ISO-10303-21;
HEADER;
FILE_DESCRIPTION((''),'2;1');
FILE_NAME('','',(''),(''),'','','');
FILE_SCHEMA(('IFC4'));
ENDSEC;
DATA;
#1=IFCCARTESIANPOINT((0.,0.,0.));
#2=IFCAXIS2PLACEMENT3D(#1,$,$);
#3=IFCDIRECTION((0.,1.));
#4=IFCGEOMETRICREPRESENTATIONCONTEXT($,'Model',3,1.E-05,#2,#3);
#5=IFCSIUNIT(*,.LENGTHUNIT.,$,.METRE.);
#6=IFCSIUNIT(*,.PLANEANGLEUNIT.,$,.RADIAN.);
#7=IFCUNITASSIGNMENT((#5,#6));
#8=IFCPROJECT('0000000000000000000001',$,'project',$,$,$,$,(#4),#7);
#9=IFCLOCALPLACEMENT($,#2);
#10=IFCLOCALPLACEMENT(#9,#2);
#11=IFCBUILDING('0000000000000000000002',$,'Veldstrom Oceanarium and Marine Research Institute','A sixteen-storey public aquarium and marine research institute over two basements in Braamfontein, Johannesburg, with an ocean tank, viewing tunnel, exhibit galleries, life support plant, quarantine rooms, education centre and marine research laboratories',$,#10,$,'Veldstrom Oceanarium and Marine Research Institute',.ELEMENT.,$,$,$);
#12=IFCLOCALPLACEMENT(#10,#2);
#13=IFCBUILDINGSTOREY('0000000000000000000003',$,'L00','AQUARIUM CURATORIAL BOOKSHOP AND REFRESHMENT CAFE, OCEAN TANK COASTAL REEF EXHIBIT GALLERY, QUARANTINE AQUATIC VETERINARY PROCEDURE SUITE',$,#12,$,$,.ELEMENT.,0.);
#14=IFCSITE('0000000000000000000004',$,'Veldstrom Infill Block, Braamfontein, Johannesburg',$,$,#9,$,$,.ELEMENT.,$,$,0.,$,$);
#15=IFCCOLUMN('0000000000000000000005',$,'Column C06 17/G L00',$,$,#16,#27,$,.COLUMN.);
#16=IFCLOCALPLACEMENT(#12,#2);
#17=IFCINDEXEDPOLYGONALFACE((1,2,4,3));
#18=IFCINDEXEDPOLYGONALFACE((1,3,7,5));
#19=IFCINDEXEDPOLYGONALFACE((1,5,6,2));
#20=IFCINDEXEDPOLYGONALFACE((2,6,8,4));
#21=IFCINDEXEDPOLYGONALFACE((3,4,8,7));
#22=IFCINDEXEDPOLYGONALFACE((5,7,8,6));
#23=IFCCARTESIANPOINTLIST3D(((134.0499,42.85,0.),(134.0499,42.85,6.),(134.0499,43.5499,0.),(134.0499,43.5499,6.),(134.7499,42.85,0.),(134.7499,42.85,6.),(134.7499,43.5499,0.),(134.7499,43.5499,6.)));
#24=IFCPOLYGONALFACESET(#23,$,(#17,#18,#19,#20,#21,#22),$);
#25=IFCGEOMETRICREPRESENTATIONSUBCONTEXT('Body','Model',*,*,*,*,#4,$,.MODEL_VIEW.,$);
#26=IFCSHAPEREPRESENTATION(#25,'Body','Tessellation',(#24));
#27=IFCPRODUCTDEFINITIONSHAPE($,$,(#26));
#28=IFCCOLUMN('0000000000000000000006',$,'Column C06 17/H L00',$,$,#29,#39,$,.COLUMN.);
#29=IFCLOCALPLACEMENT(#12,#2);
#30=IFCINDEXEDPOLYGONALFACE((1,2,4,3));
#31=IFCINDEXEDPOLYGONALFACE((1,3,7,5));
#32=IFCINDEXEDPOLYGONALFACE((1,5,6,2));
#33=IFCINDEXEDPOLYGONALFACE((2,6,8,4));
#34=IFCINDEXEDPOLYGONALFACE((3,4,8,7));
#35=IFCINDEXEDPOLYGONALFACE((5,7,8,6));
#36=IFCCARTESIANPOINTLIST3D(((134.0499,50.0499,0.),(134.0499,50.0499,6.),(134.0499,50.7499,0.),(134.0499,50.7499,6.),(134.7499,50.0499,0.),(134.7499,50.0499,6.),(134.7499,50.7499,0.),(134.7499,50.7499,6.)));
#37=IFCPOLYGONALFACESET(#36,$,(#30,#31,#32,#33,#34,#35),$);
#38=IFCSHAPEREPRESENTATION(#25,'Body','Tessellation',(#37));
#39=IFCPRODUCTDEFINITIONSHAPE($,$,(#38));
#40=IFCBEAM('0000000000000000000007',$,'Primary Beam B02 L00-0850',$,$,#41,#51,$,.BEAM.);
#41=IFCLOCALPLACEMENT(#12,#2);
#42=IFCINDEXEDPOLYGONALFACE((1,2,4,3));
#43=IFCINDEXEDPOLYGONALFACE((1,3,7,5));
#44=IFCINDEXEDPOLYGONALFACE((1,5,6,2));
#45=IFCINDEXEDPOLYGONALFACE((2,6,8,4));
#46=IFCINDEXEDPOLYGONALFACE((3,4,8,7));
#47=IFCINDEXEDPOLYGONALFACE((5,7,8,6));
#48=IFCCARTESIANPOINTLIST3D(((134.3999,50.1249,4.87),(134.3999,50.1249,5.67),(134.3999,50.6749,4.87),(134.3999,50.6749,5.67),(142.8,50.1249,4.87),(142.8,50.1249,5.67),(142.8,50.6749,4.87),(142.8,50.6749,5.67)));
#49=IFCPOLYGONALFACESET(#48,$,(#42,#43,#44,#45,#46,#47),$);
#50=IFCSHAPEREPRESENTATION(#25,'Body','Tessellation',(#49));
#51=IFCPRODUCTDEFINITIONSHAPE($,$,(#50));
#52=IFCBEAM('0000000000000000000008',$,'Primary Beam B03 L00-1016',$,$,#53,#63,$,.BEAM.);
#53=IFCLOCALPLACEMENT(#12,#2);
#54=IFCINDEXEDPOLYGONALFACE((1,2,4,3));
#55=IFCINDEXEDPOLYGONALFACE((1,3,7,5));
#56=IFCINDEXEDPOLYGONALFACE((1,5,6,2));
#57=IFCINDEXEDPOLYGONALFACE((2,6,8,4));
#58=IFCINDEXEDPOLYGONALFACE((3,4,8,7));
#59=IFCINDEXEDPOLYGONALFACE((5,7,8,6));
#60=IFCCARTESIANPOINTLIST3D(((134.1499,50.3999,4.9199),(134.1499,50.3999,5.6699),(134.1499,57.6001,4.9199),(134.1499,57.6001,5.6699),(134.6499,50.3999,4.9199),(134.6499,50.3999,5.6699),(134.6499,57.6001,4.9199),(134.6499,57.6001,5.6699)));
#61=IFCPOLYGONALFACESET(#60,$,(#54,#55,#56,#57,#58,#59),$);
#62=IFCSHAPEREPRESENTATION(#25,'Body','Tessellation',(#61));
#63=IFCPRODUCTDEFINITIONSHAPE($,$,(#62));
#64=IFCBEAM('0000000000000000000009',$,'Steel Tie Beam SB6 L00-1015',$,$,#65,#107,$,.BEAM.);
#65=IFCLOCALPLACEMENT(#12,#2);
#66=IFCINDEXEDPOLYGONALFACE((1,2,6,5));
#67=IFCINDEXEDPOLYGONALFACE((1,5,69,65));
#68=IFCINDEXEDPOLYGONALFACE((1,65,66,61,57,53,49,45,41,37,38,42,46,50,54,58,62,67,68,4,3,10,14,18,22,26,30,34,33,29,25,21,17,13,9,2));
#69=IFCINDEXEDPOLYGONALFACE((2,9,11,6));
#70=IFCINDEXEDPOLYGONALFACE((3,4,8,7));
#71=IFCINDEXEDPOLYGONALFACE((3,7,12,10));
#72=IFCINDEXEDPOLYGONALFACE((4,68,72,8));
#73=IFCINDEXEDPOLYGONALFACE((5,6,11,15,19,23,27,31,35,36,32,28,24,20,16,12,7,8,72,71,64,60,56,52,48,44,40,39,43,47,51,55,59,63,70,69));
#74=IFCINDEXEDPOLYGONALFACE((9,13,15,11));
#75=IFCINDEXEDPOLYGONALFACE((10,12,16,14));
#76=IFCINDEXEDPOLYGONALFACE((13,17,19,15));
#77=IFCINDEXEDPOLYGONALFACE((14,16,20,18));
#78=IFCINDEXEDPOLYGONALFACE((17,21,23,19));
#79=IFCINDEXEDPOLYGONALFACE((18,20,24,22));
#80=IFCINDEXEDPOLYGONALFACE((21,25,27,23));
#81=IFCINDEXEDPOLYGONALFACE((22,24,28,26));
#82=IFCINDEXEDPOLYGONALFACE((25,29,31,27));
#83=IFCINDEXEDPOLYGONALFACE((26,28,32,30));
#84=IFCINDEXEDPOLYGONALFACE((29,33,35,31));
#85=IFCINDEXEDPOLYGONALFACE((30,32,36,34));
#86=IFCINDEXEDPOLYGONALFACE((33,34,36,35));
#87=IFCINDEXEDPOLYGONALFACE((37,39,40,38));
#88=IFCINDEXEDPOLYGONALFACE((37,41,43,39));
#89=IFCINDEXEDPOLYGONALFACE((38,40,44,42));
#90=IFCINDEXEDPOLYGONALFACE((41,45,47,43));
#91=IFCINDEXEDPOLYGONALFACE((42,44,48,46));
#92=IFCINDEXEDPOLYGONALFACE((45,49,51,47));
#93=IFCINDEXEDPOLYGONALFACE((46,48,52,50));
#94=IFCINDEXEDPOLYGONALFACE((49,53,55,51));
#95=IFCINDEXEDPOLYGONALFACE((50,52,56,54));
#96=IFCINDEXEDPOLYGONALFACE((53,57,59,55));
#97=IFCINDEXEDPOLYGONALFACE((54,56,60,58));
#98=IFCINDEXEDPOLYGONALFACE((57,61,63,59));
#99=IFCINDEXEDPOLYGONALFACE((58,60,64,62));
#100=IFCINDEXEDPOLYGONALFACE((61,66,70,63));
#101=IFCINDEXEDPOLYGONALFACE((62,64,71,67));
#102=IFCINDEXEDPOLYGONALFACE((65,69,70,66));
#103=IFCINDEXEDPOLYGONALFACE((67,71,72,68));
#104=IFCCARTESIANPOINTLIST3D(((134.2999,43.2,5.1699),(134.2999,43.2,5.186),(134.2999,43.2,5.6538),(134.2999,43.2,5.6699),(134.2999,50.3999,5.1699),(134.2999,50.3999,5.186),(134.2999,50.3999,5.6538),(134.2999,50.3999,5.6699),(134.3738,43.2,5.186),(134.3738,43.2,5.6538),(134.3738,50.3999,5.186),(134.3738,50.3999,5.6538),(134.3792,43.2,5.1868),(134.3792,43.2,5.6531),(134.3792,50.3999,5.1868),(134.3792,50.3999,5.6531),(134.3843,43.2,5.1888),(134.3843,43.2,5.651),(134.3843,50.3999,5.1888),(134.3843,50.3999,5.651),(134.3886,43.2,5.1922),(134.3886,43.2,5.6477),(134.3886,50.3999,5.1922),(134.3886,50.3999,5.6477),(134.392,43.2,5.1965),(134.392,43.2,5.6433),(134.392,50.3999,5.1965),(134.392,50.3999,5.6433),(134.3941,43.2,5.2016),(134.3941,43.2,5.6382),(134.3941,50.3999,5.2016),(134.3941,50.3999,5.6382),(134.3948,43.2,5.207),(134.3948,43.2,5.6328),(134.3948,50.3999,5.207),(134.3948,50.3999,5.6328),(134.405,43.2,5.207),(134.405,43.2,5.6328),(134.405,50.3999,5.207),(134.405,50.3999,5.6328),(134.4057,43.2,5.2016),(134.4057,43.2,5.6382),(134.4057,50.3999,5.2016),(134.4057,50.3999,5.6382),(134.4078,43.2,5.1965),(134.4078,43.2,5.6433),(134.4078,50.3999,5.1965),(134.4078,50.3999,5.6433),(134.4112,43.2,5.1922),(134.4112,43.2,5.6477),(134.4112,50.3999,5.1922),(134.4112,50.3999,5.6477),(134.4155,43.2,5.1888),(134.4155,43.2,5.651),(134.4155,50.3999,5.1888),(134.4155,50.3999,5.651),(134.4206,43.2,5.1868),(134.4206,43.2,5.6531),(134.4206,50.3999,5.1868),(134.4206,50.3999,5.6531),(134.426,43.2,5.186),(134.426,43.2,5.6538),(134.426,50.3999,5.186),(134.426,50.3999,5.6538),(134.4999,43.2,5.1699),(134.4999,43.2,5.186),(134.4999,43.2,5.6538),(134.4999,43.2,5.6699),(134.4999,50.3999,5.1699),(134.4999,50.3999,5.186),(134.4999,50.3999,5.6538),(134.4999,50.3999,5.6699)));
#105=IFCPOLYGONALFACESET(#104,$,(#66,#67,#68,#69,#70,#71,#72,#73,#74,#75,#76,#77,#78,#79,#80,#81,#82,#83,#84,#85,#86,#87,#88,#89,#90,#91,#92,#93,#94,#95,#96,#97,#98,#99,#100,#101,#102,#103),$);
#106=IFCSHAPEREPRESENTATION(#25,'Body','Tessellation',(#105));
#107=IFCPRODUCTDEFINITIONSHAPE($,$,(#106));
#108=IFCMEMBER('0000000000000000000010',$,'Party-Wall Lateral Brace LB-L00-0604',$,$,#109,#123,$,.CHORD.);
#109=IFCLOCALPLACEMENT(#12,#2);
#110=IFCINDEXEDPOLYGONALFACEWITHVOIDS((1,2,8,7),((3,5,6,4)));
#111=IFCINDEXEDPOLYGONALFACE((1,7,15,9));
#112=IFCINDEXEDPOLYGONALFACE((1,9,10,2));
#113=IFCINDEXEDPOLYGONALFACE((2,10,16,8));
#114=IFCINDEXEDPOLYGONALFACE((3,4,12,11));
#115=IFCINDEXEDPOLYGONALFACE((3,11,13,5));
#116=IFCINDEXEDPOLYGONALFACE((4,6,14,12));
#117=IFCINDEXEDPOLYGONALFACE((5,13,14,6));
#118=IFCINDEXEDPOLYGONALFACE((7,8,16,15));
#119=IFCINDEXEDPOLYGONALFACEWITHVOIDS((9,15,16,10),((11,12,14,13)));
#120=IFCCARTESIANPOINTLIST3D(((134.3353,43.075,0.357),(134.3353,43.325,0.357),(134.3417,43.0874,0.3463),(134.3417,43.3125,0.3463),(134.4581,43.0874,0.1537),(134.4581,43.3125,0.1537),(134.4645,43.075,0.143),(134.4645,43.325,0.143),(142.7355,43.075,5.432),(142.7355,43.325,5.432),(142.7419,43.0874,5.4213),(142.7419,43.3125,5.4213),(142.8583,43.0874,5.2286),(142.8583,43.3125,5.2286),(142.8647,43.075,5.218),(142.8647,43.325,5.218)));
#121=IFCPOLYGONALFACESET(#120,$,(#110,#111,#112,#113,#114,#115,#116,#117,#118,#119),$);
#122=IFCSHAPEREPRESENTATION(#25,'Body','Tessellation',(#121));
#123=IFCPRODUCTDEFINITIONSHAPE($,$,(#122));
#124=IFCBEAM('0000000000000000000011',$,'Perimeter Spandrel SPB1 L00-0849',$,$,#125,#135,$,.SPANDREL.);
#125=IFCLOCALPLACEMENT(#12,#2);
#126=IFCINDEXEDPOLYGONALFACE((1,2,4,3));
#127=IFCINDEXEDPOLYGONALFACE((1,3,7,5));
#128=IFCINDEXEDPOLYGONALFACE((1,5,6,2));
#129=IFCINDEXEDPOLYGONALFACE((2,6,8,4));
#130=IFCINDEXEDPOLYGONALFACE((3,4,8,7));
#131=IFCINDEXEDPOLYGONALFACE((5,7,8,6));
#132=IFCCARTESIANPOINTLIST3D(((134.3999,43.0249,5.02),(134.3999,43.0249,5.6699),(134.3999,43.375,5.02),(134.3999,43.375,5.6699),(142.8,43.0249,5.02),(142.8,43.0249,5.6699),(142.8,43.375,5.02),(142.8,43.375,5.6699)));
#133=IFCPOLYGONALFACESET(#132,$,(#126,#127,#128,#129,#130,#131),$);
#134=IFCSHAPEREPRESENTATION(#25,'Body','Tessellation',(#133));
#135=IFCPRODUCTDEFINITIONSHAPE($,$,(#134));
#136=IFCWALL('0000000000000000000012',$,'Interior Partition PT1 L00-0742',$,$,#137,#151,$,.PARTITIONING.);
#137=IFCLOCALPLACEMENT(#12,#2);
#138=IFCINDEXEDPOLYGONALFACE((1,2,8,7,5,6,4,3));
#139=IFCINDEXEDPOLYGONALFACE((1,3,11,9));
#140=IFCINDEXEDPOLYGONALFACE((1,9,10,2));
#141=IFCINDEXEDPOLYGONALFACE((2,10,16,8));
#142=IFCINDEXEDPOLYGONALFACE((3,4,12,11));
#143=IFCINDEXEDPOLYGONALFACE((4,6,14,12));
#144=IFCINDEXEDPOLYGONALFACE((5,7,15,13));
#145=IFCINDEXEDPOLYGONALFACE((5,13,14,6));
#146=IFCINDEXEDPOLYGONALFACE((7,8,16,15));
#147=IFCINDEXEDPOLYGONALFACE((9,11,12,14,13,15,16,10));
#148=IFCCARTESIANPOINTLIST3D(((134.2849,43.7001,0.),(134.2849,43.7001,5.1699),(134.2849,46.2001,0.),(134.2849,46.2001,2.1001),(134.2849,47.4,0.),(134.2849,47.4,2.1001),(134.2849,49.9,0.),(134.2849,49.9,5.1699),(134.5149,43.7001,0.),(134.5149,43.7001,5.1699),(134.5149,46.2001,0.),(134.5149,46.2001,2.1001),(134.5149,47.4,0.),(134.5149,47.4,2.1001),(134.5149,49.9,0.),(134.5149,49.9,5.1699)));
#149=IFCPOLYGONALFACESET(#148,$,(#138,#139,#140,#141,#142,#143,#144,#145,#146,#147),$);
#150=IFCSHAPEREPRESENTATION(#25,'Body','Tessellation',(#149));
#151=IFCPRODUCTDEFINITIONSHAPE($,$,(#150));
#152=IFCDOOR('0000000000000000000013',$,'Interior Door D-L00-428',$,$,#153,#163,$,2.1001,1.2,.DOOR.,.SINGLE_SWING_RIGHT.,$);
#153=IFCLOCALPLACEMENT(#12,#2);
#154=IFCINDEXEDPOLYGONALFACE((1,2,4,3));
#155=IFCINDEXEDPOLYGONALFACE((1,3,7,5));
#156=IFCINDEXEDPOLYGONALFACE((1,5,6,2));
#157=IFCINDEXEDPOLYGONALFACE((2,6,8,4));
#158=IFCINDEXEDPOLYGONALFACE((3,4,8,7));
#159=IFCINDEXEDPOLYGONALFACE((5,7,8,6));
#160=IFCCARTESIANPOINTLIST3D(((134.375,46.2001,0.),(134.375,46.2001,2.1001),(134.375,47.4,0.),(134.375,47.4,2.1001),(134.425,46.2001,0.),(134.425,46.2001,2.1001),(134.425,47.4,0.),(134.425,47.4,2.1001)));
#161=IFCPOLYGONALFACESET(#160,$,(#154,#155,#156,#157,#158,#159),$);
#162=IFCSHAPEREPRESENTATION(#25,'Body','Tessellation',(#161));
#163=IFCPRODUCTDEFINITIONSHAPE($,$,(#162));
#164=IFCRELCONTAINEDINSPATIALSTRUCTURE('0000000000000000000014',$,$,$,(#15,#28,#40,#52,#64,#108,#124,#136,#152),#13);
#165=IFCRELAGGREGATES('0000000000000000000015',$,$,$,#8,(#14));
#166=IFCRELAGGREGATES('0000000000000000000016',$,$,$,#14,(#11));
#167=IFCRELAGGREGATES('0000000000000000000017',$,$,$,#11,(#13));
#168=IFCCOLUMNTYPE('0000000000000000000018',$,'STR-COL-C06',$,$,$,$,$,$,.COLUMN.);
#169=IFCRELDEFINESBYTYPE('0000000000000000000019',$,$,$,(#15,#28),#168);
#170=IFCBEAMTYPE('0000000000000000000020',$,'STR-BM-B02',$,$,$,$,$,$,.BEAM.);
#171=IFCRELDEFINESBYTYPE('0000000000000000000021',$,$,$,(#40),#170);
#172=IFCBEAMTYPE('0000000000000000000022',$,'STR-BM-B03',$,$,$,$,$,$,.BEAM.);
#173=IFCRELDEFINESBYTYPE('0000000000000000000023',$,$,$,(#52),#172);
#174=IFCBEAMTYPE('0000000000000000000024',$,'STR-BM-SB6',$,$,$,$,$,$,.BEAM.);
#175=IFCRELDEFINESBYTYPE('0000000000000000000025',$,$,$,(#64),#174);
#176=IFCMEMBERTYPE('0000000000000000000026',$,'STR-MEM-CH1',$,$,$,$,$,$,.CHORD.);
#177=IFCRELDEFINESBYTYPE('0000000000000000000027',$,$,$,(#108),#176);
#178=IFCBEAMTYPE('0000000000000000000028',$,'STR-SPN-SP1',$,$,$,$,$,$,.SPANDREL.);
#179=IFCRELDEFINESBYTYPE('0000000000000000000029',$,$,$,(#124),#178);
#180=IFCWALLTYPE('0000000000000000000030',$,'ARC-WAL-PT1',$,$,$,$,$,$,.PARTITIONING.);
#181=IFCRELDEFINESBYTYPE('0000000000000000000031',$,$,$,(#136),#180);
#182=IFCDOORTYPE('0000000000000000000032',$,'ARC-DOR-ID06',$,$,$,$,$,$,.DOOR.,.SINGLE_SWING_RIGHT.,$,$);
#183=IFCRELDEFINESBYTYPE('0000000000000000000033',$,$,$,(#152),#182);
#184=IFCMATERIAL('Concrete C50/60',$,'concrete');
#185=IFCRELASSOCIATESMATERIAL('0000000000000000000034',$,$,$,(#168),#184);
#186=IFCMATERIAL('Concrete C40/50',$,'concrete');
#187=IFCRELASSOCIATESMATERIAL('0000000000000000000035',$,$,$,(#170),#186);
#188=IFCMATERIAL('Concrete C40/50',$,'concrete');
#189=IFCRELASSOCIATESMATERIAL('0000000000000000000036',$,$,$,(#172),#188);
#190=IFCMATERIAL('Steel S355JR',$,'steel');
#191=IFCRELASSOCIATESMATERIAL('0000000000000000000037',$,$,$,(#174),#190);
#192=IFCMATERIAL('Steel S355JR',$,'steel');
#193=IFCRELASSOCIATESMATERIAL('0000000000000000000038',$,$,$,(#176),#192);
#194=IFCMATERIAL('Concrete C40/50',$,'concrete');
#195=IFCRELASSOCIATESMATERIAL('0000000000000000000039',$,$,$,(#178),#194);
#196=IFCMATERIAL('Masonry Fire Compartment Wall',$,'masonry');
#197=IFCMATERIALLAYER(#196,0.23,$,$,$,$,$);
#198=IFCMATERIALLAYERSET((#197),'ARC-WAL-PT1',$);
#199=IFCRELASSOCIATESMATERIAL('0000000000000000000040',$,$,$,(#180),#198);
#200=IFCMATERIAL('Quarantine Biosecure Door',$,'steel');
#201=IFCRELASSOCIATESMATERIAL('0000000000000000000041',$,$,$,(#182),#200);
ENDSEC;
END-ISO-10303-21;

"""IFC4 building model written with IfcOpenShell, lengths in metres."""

from ifc_helpers import new_model, si_unit, direction, frame, frame_2d, origin, origin_2d, place, context, subcontext, project, spatial, rectangle, hollow_rectangle, i_section, extrude, material, layer, layer_set, material_profile, profile_set, type_object, element, fill, save


model = new_model("IFC4")

# Units and contexts
model_context = context("Model", 3, precision=1e-05, world=origin(), true_north=direction((0.0, 1.0)))
body_context = subcontext(model_context, "Body", "Model", "MODEL_VIEW")
ifc_project = project(units=[si_unit("LENGTHUNIT", "METRE"), si_unit("PLANEANGLEUNIT", "RADIAN")], contexts=[model_context])

# Site, building, storey
site_placement = place(None, origin())
site = spatial("IfcSite", under=ifc_project, at=site_placement, Name="Veldstrom Infill Block, Braamfontein, Johannesburg", CompositionType="ELEMENT", RefElevation=0.0)
building_placement = place(site_placement, origin())
building = spatial("IfcBuilding", under=site, at=building_placement, Name="Veldstrom Oceanarium and Marine Research Institute", Description="A sixteen-storey public aquarium and marine research institute over two basements in Braamfontein, Johannesburg, with an ocean tank, viewing tunnel, exhibit galleries, life support plant, quarantine rooms, education centre and marine research laboratories", LongName="Veldstrom Oceanarium and Marine Research Institute", CompositionType="ELEMENT")
storey_placement = place(building_placement, origin())
storey = spatial("IfcBuildingStorey", under=building, at=storey_placement, Name="L00", Description="AQUARIUM CURATORIAL BOOKSHOP AND REFRESHMENT CAFE, OCEAN TANK COASTAL REEF EXHIBIT GALLERY, QUARANTINE AQUATIC VETERINARY PROCEDURE SUITE", CompositionType="ELEMENT", Elevation=0.0)

# Columns
ifc_material_1 = material(Name="Concrete C50/60", Category="concrete")
ifc_material_profile_1 = material_profile(ifc_material_1, rectangle(XDim=0.7, YDim=0.7, at=origin_2d()), Name="RC-COL-700x700")
ifc_profile_set_1 = profile_set([ifc_material_profile_1], Name="Concrete C50/60")
column_type = type_object("IfcColumnType", Name="STR-COL-C06", PredefinedType="COLUMN", material=ifc_profile_set_1)
for number, where, z_axis, x_axis, name in (
    (1, (134.3999, 43.2, 0.0), (0.0, 0.0, 1.0), (1.0, 0.0, 0.0), "Column C06 17/G L00"),
    (2, (134.3999, 50.3999, 0.0), (0.0, 0.0, 1.0), (1.0, 0.0, 0.0), "Column C06 17/H L00"),
):
    element("IfcColumn", number, at=place(storey_placement, frame(where, z_axis=z_axis, x_axis=x_axis)), inside=storey, type_object=column_type, Name=name, PredefinedType="COLUMN", context=body_context, shape_type="SweptSolid", body=[
        extrude(rectangle(XDim=0.7, YDim=0.7, at=origin_2d()), origin(), (0.0, 0.0, 1.0), 6.0),
    ])

# Beams
ifc_material_2 = material(Name="Concrete C40/50", Category="concrete")
ifc_material_profile_2 = material_profile(ifc_material_2, rectangle(XDim=0.55, YDim=0.8, at=origin_2d()), Name="RC-BM-550x800")
ifc_profile_set_2 = profile_set([ifc_material_profile_2], Name="Concrete C40/50")
beam_type_1 = type_object("IfcBeamType", Name="STR-BM-B02", PredefinedType="BEAM", material=ifc_profile_set_2)
beam_1_placement = place(storey_placement, frame((134.3999, 50.3999, 5.27), z_axis=(1.0, 0.0, 0.0), x_axis=(0.0, 1.0, 0.0)))
element("IfcBeam", 3, at=beam_1_placement, inside=storey, type_object=beam_type_1, Name="Primary Beam B02 L00-0850", PredefinedType="BEAM", context=body_context, shape_type="SweptSolid", body=[
    extrude(rectangle(XDim=0.55, YDim=0.8, at=origin_2d()), origin(), (0.0, 0.0, 1.0), 8.4001),
])
ifc_material_3 = material(Name="Concrete C40/50", Category="concrete")
ifc_material_profile_3 = material_profile(ifc_material_3, rectangle(XDim=0.5, YDim=0.75, at=origin_2d()), Name="RC-BM-500x750")
ifc_profile_set_3 = profile_set([ifc_material_profile_3], Name="Concrete C40/50")
beam_type_2 = type_object("IfcBeamType", Name="STR-BM-B03", PredefinedType="BEAM", material=ifc_profile_set_3)
beam_2_placement = place(storey_placement, frame((134.3999, 50.3999, 5.2949), z_axis=(0.0, 1.0, 0.0), x_axis=(-1.0, 0.0, 0.0)))
element("IfcBeam", 4, at=beam_2_placement, inside=storey, type_object=beam_type_2, Name="Primary Beam B03 L00-1016", PredefinedType="BEAM", context=body_context, shape_type="SweptSolid", body=[
    extrude(rectangle(XDim=0.5, YDim=0.75, at=origin_2d()), origin(), (0.0, 0.0, 1.0), 7.2002),
])
ifc_material_4 = material(Name="Steel S355JR", Category="steel")
ifc_material_profile_4 = material_profile(ifc_material_4, i_section(OverallWidth=0.2, OverallDepth=0.5, WebThickness=0.0103, FlangeThickness=0.0161, FilletRadius=0.021, at=origin_2d()), Name="IPE 500")
ifc_profile_set_4 = profile_set([ifc_material_profile_4], Name="Steel S355JR")
beam_type_3 = type_object("IfcBeamType", Name="STR-BM-SB6", PredefinedType="BEAM", material=ifc_profile_set_4)
beam_3_placement = place(storey_placement, frame((134.3999, 43.2, 5.4199), z_axis=(0.0, 1.0, 0.0), x_axis=(-1.0, 0.0, 0.0)))
element("IfcBeam", 5, at=beam_3_placement, inside=storey, type_object=beam_type_3, Name="Steel Tie Beam SB6 L00-1015", PredefinedType="BEAM", context=body_context, shape_type="SweptSolid", body=[
    extrude(i_section(OverallWidth=0.2, OverallDepth=0.5, WebThickness=0.0103, FlangeThickness=0.0161, FilletRadius=0.021, at=origin_2d()), origin(), (0.0, 0.0, 1.0), 7.2),
])

# Member
ifc_material_5 = material(Name="Steel S355JR", Category="steel")
ifc_material_profile_5 = material_profile(ifc_material_5, hollow_rectangle(XDim=0.25, YDim=0.25, WallThickness=0.0125, at=origin_2d()), Name="SHS 250x250x12.5")
ifc_profile_set_5 = profile_set([ifc_material_profile_5], Name="Steel S355JR")
member_type = type_object("IfcMemberType", Name="STR-MEM-CH1", PredefinedType="CHORD", material=ifc_profile_set_5)
member_placement = place(storey_placement, frame((134.3999, 43.2, 0.25), z_axis=(0.855922, 0.0, 0.517105), x_axis=(0.0, 1.0, 0.0)))
element("IfcMember", 6, at=member_placement, inside=storey, type_object=member_type, Name="Party-Wall Lateral Brace LB-L00-0604", PredefinedType="CHORD", context=body_context, shape_type="SweptSolid", body=[
    extrude(hollow_rectangle(XDim=0.25, YDim=0.25, WallThickness=0.0125, at=origin_2d()), origin(), (0.0, 0.0, 1.0), 9.8142),
])

# Beam
ifc_material_6 = material(Name="Concrete C40/50", Category="concrete")
ifc_material_profile_6 = material_profile(ifc_material_6, rectangle(XDim=0.3501, YDim=0.6499, at=origin_2d()), Name="RC-SPN-350x650")
ifc_profile_set_6 = profile_set([ifc_material_profile_6], Name="Concrete C40/50")
beam_type_4 = type_object("IfcBeamType", Name="STR-SPN-SP1", PredefinedType="SPANDREL", material=ifc_profile_set_6)
beam_4_placement = place(storey_placement, frame((134.3999, 43.2, 5.345), z_axis=(1.0, 0.0, 0.0), x_axis=(0.0, 1.0, 0.0)))
element("IfcBeam", 7, at=beam_4_placement, inside=storey, type_object=beam_type_4, Name="Perimeter Spandrel SPB1 L00-0849", PredefinedType="SPANDREL", context=body_context, shape_type="SweptSolid", body=[
    extrude(rectangle(XDim=0.3501, YDim=0.6499, at=origin_2d()), origin(), (0.0, 0.0, 1.0), 8.4001),
])

# Wall, opening, door
ifc_material_7 = material(Name="Masonry Fire Compartment Wall", Category="masonry")
ifc_layer_1 = layer(ifc_material_7, 0.23)
ifc_layer_set_1 = layer_set([ifc_layer_1], Name="ARC-WAL-PT1")
wall_type_1 = type_object("IfcWallType", Name="ARC-WAL-PT1", PredefinedType="PARTITIONING", material=ifc_layer_set_1)
wall_1_placement = place(storey_placement, frame((134.3999, 43.7, 0.0), z_axis=(0.0, 0.0, 1.0), x_axis=(0.0, 1.0, 0.0)))
wall_1 = element("IfcWall", 8, at=wall_1_placement, inside=storey, type_object=wall_type_1, Name="Interior Partition PT1 L00-0742", PredefinedType="PARTITIONING", context=body_context, shape_type="SweptSolid", body=[
    extrude(rectangle(XDim=6.2, YDim=0.23, at=frame_2d((3.1001, 0.0))), origin(), (0.0, 0.0, 1.0), 5.1699),
])
opening_placement = place(wall_1_placement, frame((2.5, 0.0, 0.0)))
opening = element("IfcOpeningElement", 9, at=opening_placement, cuts=wall_1, PredefinedType="OPENING", context=body_context, shape_type="SweptSolid", body=[
    extrude(rectangle(XDim=1.2, YDim=2.1001, at=frame_2d((0.6001, 1.05))), frame((0.0, 0.125, 0.0), z_axis=(0.0, -1.0, 0.0), x_axis=(1.0, 0.0, 0.0)), (0.0, 0.0, 1.0), 0.25),
])
ifc_material_8 = material(Name="Quarantine Biosecure Door", Category="steel")
door_type = type_object("IfcDoorType", Name="ARC-DOR-ID06", OperationType="SINGLE_SWING_RIGHT", PredefinedType="DOOR", material=ifc_material_8)
door_placement = place(opening_placement, origin())
door = element("IfcDoor", 10, at=door_placement, inside=storey, type_object=door_type, Name="Interior Door D-L00-428", OperationType="SINGLE_SWING_RIGHT", OverallHeight=2.1001, OverallWidth=1.2, PredefinedType="DOOR", context=body_context, shape_type="SweptSolid", body=[
    extrude(rectangle(XDim=1.2, YDim=2.1001, at=frame_2d((0.6001, 1.05))), frame((0.0, 0.0249, 0.0), z_axis=(0.0, -1.0, 0.0), x_axis=(1.0, 0.0, 0.0)), (0.0, 0.0, 1.0), 0.05),
])
fill(opening, door)

save(model, "model.ifc")
